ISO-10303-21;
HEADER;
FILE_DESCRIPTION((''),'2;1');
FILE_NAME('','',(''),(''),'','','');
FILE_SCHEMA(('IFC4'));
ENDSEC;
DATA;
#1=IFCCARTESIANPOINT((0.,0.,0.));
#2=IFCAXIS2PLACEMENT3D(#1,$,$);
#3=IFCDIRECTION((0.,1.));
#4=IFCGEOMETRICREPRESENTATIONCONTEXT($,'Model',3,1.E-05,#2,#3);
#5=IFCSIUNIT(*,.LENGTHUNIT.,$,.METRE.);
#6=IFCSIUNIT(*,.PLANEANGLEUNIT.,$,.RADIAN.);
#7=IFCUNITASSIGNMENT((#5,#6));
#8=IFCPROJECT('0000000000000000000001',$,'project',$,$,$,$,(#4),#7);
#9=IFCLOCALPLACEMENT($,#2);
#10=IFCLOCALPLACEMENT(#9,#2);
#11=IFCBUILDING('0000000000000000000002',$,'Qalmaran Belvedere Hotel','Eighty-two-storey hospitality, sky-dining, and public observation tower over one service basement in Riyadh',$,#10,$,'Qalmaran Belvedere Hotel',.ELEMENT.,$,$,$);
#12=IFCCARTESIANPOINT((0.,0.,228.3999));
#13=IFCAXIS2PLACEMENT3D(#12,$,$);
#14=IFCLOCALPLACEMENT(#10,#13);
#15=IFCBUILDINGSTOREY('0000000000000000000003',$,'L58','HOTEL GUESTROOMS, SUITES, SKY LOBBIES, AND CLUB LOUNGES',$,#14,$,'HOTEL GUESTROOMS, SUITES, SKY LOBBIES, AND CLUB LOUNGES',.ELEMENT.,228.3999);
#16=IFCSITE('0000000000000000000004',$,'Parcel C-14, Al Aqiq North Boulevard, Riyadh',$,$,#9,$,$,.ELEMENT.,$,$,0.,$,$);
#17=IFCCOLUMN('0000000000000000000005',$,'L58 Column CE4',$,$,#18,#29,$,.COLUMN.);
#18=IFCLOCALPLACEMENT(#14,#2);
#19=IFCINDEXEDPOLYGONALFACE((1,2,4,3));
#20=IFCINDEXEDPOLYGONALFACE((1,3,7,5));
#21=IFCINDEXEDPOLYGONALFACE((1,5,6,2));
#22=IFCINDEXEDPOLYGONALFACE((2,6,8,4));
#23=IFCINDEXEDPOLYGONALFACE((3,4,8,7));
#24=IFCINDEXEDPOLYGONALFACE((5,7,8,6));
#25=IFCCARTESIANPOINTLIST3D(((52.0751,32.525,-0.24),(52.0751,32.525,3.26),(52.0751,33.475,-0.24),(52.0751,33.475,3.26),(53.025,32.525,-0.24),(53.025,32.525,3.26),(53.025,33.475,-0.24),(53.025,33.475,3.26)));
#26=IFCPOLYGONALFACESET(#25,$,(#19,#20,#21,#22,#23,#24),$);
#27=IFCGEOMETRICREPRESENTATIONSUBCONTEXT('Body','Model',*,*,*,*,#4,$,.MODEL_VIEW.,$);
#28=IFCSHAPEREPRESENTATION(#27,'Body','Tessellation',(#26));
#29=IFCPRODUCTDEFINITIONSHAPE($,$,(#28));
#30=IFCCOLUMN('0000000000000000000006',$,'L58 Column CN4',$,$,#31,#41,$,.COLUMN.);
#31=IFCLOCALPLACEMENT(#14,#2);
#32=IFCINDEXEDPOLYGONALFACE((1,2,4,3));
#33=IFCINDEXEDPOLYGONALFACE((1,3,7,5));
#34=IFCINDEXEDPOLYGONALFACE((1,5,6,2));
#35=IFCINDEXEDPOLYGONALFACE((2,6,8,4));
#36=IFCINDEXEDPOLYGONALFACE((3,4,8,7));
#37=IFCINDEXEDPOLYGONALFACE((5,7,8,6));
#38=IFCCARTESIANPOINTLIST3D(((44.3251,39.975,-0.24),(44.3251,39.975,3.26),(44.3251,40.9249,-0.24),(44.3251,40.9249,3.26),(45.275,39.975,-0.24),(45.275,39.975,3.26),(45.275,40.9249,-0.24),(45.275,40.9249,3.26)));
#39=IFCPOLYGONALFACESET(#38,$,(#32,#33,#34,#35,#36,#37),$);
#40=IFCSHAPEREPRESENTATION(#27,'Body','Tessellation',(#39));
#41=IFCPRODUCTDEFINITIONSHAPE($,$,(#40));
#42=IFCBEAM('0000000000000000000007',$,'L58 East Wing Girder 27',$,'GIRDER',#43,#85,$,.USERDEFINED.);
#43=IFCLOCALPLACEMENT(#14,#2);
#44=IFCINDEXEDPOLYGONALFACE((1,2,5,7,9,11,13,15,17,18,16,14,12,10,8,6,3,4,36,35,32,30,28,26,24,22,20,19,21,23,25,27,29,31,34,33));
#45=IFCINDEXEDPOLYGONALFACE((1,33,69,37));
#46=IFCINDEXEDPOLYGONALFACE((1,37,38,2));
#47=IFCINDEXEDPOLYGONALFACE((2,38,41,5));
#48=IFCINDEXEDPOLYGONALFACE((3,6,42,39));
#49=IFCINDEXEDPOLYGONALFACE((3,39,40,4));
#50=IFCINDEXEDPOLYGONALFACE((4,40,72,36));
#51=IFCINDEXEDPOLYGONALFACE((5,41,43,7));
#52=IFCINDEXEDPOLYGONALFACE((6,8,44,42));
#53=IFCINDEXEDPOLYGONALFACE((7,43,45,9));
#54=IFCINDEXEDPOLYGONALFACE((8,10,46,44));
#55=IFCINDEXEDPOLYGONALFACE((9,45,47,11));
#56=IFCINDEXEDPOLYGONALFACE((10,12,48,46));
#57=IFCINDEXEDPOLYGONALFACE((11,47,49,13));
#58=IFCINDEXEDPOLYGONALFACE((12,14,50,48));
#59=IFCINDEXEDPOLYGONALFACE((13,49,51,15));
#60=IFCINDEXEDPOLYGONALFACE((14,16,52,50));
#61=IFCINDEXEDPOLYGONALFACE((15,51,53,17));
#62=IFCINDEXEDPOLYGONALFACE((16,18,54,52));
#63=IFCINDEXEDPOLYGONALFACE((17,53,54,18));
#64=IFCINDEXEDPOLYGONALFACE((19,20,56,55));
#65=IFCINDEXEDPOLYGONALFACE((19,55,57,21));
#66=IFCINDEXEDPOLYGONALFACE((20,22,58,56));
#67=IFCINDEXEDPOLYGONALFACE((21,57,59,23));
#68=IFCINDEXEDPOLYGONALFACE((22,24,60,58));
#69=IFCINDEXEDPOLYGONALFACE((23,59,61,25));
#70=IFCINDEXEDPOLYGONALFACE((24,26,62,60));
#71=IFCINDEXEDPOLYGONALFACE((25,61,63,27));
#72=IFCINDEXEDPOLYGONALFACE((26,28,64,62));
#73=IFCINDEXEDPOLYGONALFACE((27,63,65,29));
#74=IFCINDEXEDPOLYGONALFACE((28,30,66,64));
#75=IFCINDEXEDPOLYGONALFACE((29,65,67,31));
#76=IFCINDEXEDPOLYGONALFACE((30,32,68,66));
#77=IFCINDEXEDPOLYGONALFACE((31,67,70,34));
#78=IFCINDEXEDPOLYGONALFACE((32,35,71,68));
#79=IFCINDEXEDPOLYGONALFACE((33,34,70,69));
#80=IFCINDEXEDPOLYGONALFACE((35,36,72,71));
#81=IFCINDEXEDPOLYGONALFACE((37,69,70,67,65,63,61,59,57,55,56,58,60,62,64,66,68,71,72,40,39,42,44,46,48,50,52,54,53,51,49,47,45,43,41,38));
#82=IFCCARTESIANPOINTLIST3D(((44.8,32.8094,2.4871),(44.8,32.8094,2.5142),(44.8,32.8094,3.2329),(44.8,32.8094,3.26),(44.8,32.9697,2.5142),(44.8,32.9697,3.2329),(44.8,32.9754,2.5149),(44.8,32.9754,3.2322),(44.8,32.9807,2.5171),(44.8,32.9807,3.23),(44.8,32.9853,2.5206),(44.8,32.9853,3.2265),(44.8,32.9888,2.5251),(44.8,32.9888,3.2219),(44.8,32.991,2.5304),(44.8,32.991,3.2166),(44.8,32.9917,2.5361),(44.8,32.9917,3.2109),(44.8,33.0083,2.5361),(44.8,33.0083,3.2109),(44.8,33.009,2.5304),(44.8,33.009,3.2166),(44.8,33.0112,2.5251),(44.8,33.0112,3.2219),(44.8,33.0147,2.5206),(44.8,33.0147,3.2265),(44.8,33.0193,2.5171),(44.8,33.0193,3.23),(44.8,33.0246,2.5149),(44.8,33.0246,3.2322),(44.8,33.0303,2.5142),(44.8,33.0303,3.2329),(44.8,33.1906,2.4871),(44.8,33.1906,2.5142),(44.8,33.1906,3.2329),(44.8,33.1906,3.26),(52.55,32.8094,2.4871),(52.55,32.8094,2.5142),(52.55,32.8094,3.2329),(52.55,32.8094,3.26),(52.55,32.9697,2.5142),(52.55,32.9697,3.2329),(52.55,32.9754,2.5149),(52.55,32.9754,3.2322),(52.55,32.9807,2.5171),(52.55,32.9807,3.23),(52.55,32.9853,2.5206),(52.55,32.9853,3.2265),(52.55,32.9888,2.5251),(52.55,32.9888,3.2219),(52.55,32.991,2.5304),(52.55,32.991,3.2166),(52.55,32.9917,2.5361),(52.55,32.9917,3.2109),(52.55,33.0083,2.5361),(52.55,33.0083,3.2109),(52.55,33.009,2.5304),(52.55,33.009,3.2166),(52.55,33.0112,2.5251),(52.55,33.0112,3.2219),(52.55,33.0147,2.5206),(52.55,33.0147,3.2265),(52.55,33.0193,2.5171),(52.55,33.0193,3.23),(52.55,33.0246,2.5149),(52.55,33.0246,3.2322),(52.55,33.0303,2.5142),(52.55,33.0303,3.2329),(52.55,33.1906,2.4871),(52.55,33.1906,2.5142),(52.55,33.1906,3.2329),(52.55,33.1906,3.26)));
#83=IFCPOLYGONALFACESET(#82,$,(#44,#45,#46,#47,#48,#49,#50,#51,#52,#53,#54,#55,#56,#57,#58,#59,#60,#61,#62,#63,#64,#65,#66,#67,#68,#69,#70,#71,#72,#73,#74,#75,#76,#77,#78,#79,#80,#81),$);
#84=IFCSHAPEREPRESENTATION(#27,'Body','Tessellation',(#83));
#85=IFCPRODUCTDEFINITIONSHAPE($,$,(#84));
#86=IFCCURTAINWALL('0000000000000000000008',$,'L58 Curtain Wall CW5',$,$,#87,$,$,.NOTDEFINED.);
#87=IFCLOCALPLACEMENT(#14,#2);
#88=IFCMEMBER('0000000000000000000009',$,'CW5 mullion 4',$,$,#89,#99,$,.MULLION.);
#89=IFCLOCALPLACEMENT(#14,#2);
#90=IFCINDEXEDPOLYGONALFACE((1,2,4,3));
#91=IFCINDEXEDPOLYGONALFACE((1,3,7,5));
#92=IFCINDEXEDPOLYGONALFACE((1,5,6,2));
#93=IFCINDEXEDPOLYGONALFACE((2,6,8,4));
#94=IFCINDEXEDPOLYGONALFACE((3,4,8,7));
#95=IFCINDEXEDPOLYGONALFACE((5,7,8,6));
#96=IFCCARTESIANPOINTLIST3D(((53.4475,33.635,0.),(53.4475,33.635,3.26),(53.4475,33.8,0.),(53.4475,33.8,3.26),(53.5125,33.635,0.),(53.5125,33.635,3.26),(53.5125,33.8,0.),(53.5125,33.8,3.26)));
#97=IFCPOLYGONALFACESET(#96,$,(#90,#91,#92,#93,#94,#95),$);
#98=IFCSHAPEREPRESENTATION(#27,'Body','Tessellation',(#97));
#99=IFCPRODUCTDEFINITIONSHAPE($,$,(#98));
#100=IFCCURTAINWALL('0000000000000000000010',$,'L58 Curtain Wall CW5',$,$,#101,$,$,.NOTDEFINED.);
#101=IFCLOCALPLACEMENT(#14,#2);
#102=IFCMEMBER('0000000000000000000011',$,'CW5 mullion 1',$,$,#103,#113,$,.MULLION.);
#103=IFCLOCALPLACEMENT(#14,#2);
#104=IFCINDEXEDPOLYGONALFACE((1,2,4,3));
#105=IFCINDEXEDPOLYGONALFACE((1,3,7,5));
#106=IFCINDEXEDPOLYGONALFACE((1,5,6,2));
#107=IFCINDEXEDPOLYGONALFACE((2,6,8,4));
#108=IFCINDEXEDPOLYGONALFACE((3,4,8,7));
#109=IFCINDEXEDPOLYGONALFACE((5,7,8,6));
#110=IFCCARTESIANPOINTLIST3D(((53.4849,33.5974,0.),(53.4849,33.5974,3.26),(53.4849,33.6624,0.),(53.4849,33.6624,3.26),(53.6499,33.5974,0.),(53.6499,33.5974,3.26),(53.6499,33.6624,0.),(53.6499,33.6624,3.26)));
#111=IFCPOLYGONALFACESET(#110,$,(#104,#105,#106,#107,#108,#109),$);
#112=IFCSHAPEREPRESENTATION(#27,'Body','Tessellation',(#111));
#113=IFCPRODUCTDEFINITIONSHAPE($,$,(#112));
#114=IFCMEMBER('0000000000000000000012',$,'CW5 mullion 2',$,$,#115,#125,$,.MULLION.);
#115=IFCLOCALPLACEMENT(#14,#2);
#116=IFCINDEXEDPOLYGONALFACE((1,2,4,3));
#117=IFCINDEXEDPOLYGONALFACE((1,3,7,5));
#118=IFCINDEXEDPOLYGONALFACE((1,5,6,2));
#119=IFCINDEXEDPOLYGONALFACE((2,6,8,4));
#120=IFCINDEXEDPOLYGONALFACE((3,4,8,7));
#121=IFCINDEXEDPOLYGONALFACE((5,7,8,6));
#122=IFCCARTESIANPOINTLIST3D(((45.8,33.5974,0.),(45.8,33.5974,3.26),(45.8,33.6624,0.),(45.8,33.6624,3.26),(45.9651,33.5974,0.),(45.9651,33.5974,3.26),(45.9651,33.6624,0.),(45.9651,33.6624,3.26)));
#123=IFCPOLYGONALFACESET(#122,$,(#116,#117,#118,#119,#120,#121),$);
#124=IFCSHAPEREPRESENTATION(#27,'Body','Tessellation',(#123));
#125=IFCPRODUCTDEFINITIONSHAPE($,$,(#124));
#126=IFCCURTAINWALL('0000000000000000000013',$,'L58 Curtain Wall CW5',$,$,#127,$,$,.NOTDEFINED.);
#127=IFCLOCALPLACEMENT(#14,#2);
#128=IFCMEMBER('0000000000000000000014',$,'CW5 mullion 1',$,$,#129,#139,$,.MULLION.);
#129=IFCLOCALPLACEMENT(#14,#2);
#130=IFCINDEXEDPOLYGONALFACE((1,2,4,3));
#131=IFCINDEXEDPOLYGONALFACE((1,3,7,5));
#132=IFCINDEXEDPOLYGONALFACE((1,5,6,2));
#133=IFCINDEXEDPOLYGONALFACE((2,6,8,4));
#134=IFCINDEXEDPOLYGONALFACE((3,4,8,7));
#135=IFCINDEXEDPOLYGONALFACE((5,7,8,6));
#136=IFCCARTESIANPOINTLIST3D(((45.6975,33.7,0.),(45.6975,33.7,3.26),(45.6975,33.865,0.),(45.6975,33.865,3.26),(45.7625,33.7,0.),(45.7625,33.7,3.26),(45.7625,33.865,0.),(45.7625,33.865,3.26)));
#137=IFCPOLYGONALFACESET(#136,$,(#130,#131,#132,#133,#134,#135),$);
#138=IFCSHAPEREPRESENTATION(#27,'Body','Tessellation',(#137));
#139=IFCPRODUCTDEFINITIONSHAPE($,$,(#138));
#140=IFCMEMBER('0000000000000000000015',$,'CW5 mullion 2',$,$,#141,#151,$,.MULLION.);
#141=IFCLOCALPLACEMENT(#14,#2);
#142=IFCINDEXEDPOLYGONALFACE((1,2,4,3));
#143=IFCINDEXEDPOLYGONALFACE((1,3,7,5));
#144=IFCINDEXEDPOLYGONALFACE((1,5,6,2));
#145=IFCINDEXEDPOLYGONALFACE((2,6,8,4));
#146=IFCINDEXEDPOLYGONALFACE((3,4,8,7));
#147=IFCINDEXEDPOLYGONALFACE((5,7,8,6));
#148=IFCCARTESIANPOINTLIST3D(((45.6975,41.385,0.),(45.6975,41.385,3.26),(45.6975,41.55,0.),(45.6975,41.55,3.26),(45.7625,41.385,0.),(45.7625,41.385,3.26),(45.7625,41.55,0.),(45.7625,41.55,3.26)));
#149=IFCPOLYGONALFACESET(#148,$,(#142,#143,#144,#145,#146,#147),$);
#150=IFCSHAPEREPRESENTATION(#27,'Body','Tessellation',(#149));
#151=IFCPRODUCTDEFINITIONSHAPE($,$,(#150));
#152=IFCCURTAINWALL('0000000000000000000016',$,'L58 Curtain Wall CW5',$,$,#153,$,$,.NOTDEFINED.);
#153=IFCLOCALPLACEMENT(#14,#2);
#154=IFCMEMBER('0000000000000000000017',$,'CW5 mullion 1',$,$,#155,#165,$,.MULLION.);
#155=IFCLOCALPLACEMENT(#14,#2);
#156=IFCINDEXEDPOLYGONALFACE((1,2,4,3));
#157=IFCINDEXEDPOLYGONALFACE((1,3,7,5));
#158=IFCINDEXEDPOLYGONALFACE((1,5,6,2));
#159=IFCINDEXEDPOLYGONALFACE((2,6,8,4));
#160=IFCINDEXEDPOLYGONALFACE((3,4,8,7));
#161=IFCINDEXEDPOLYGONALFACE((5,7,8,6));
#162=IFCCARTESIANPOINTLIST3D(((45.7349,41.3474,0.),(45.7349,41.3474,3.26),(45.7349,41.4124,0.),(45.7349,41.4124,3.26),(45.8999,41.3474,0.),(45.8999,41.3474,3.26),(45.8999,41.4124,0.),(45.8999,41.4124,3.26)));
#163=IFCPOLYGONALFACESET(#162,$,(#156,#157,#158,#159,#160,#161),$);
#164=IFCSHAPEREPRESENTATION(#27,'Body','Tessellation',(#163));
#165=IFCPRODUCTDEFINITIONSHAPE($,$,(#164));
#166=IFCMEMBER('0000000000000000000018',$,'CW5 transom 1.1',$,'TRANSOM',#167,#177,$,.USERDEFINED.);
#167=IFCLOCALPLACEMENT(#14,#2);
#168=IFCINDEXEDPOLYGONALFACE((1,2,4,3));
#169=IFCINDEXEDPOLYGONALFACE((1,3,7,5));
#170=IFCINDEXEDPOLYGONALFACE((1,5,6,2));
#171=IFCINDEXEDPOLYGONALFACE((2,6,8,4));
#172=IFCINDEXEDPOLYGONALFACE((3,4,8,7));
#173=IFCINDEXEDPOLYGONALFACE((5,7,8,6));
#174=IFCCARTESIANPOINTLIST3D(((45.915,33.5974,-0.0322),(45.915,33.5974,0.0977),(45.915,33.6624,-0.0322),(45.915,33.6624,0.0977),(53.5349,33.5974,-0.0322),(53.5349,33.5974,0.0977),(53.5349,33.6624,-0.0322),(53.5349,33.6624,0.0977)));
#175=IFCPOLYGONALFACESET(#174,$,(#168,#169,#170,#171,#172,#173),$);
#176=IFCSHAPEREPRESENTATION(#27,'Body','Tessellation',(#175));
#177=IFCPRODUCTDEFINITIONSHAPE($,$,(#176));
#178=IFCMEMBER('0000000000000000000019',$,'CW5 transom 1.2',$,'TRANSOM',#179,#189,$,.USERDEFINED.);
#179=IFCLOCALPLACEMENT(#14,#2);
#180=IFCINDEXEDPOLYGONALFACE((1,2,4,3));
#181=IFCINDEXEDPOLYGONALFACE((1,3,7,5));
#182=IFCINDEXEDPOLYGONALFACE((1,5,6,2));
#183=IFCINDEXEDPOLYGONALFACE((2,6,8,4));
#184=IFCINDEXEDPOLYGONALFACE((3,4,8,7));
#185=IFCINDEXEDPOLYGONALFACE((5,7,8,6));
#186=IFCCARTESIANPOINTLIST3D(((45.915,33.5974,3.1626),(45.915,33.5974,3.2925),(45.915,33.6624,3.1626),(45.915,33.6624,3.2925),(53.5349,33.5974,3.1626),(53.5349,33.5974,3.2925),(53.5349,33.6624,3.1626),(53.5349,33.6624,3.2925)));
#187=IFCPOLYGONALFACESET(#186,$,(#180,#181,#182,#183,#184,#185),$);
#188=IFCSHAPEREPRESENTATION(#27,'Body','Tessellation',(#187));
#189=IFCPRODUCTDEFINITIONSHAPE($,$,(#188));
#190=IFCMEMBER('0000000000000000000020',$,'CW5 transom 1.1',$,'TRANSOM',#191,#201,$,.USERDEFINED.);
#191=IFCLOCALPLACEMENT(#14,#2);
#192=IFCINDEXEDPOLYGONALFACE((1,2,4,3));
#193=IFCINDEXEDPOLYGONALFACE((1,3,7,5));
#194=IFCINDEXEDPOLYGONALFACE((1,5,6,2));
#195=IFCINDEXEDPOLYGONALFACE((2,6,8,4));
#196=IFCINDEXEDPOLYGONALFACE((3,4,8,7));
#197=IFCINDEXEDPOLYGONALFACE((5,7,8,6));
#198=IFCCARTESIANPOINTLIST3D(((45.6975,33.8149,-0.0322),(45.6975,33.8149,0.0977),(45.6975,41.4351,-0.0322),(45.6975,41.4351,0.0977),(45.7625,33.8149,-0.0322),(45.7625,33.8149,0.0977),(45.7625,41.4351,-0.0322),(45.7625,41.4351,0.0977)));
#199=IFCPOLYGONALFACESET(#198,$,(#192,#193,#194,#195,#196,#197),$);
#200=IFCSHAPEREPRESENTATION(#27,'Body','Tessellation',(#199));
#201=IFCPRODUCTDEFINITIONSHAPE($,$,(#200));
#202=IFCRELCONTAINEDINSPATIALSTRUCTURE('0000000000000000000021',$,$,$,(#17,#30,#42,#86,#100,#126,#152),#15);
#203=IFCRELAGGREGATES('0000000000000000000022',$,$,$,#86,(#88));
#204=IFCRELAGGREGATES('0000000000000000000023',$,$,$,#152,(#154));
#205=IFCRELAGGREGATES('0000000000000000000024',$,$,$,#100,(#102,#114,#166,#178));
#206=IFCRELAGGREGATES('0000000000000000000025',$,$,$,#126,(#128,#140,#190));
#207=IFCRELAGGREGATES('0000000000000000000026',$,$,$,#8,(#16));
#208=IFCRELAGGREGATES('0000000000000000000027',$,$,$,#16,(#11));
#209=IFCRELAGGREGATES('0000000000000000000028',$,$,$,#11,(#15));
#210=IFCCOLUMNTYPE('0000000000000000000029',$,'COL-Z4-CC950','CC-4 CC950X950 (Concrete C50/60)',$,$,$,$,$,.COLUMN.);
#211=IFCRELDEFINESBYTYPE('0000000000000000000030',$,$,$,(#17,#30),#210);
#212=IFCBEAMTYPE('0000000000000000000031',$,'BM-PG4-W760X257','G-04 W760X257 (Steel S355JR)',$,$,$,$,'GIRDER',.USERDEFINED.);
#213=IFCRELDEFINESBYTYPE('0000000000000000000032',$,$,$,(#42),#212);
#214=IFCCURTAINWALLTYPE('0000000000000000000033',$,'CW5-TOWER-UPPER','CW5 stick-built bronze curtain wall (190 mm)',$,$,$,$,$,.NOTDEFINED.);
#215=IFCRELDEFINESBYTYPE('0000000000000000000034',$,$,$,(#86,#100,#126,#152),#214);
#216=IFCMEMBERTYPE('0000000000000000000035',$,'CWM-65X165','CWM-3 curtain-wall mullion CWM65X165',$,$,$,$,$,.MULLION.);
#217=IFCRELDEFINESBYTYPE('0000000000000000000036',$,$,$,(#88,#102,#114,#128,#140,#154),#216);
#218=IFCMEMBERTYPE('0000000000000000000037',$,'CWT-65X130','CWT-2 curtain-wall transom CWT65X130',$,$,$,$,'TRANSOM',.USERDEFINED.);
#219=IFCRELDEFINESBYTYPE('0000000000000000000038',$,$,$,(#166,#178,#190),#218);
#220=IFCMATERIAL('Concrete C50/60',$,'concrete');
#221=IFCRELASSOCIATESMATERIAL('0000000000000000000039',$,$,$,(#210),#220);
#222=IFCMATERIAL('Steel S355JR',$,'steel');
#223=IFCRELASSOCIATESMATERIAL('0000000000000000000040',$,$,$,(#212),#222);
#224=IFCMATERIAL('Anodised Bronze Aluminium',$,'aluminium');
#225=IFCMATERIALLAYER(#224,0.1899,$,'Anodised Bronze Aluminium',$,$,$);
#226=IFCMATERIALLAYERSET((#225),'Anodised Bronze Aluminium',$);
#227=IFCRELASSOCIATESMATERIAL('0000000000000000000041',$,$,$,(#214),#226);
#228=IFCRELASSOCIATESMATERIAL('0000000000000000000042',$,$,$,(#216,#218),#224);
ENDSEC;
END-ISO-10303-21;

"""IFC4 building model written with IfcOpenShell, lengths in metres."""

from ifc_helpers import new_model, si_unit, direction, frame, origin, origin_2d, place, context, subcontext, project, spatial, rectangle, i_section, extrude, material, layer, layer_set, material_profile, profile_set, type_object, element, aggregate, save


model = new_model("IFC4")

# Units and contexts
model_context = context("Model", 3, precision=1e-05, world=origin(), true_north=direction((0.0, 1.0)))
body_context = subcontext(model_context, "Body", "Model", "MODEL_VIEW")
ifc_project = project(units=[si_unit("LENGTHUNIT", "METRE"), si_unit("PLANEANGLEUNIT", "RADIAN")], contexts=[model_context])

# Site, building, storey
site_placement = place(None, origin())
site = spatial("IfcSite", under=ifc_project, at=site_placement, Name="Parcel C-14, Al Aqiq North Boulevard, Riyadh", CompositionType="ELEMENT", RefElevation=0.0)
building_placement = place(site_placement, origin())
building = spatial("IfcBuilding", under=site, at=building_placement, Name="Qalmaran Belvedere Hotel", Description="Eighty-two-storey hospitality, sky-dining, and public observation tower over one service basement in Riyadh", LongName="Qalmaran Belvedere Hotel", CompositionType="ELEMENT")
storey_placement = place(building_placement, frame((0.0, 0.0, 228.3999)))
storey = spatial("IfcBuildingStorey", under=building, at=storey_placement, Name="L58", Description="HOTEL GUESTROOMS, SUITES, SKY LOBBIES, AND CLUB LOUNGES", LongName="HOTEL GUESTROOMS, SUITES, SKY LOBBIES, AND CLUB LOUNGES", CompositionType="ELEMENT", Elevation=228.3999)

# Columns
ifc_material_1 = material(Name="Concrete C50/60", Category="concrete")
ifc_material_profile_1 = material_profile(ifc_material_1, rectangle(XDim=0.95, YDim=0.95, at=origin_2d()), Name="CC950X950")
ifc_profile_set_1 = profile_set([ifc_material_profile_1], Name="Concrete C50/60")
column_type = type_object("IfcColumnType", Name="COL-Z4-CC950", Description="CC-4 CC950X950 (Concrete C50/60)", PredefinedType="COLUMN", material=ifc_profile_set_1)
for number, where, z_axis, x_axis, name in (
    (1, (52.55, 33.0, -0.24), (0.0, 0.0, 1.0), (1.0, 0.0, 0.0), "L58 Column CE4"),
    (2, (44.8, 40.45, -0.24), (0.0, 0.0, 1.0), (1.0, 0.0, 0.0), "L58 Column CN4"),
):
    element("IfcColumn", number, at=place(storey_placement, frame(where, z_axis=z_axis, x_axis=x_axis)), inside=storey, type_object=column_type, Name=name, PredefinedType="COLUMN", context=body_context, shape_type="SweptSolid", body=[
        extrude(rectangle(XDim=0.95, YDim=0.95, at=origin_2d()), origin(), (0.0, 0.0, 1.0), 3.5),
    ])

# Beam
ifc_material_2 = material(Name="Steel S355JR", Category="steel")
ifc_material_profile_2 = material_profile(ifc_material_2, i_section(OverallWidth=0.3811, OverallDepth=0.7729, WebThickness=0.0166, FlangeThickness=0.0271, FilletRadius=0.022, at=origin_2d()), Name="W760X257")
ifc_profile_set_2 = profile_set([ifc_material_profile_2], Name="Steel S355JR")
beam_type = type_object("IfcBeamType", Name="BM-PG4-W760X257", Description="G-04 W760X257 (Steel S355JR)", ElementType="GIRDER", PredefinedType="USERDEFINED", material=ifc_profile_set_2)
beam_placement = place(storey_placement, frame((44.8, 33.0, 2.8735), z_axis=(1.0, 0.0, 0.0), x_axis=(0.0, 1.0, 0.0)))
element("IfcBeam", 3, at=beam_placement, inside=storey, type_object=beam_type, Name="L58 East Wing Girder 27", ObjectType="GIRDER", PredefinedType="USERDEFINED", context=body_context, shape_type="SweptSolid", body=[
    extrude(i_section(OverallWidth=0.3811, OverallDepth=0.7729, WebThickness=0.0166, FlangeThickness=0.0271, FilletRadius=0.022, at=origin_2d()), origin(), (0.0, 0.0, 1.0), 7.75),
])

# Curtain wall, member
ifc_material_3 = material(Name="Anodised Bronze Aluminium", Category="aluminium")
ifc_layer_1 = layer(ifc_material_3, 0.1899, Name="Anodised Bronze Aluminium")
ifc_layer_set_1 = layer_set([ifc_layer_1], Name="Anodised Bronze Aluminium")
curtain_wall_type = type_object("IfcCurtainWallType", Name="CW5-TOWER-UPPER", Description="CW5 stick-built bronze curtain wall (190 mm)", PredefinedType="NOTDEFINED", material=ifc_layer_set_1)
curtain_wall_1_placement = place(storey_placement, origin())
curtain_wall_1 = element("IfcCurtainWall", 4, at=curtain_wall_1_placement, inside=storey, type_object=curtain_wall_type, Name="L58 Curtain Wall CW5", PredefinedType="NOTDEFINED")
ifc_material_profile_3 = material_profile(ifc_material_3, rectangle(XDim=0.0649, YDim=0.165, at=origin_2d()), Name="CWM65X165")
ifc_profile_set_3 = profile_set([ifc_material_profile_3], Name="Anodised Bronze Aluminium")
member_type_1 = type_object("IfcMemberType", Name="CWM-65X165", Description="CWM-3 curtain-wall mullion CWM65X165", PredefinedType="MULLION", material=ifc_profile_set_3)
member_1_placement = place(storey_placement, frame((53.48, 33.7175, 0.0), z_axis=(0.0, 0.0, 1.0), x_axis=(-1.0, 0.0, 0.0)))
member_1 = element("IfcMember", 5, at=member_1_placement, type_object=member_type_1, Name="CW5 mullion 4", PredefinedType="MULLION", context=body_context, shape_type="SweptSolid", body=[
    extrude(rectangle(XDim=0.0649, YDim=0.165, at=origin_2d()), origin(), (0.0, 0.0, 1.0), 3.26),
])
aggregate(curtain_wall_1, [member_1])

# Curtain walls, members
curtain_wall_2_placement = place(storey_placement, origin())
curtain_wall_2 = element("IfcCurtainWall", 6, at=curtain_wall_2_placement, inside=storey, type_object=curtain_wall_type, Name="L58 Curtain Wall CW5", PredefinedType="NOTDEFINED")
member_2_placement = place(storey_placement, frame((53.5674, 33.6299, 0.0), z_axis=(0.0, 0.0, 1.0), x_axis=(0.0, -1.0, 0.0)))
member_2 = element("IfcMember", 7, at=member_2_placement, type_object=member_type_1, Name="CW5 mullion 1", PredefinedType="MULLION", context=body_context, shape_type="SweptSolid", body=[
    extrude(rectangle(XDim=0.0649, YDim=0.165, at=origin_2d()), origin(), (0.0, 0.0, 1.0), 3.26),
])
member_3_placement = place(storey_placement, frame((45.8826, 33.6299, 0.0), z_axis=(0.0, 0.0, 1.0), x_axis=(0.0, -1.0, 0.0)))
member_3 = element("IfcMember", 8, at=member_3_placement, type_object=member_type_1, Name="CW5 mullion 2", PredefinedType="MULLION", context=body_context, shape_type="SweptSolid", body=[
    extrude(rectangle(XDim=0.0649, YDim=0.165, at=origin_2d()), origin(), (0.0, 0.0, 1.0), 3.26),
])
curtain_wall_3_placement = place(storey_placement, origin())
curtain_wall_3 = element("IfcCurtainWall", 9, at=curtain_wall_3_placement, inside=storey, type_object=curtain_wall_type, Name="L58 Curtain Wall CW5", PredefinedType="NOTDEFINED")
member_4_placement = place(storey_placement, frame((45.73, 33.7825, 0.0), z_axis=(0.0, 0.0, 1.0), x_axis=(-1.0, 0.0, 0.0)))
member_4 = element("IfcMember", 10, at=member_4_placement, type_object=member_type_1, Name="CW5 mullion 1", PredefinedType="MULLION", context=body_context, shape_type="SweptSolid", body=[
    extrude(rectangle(XDim=0.0649, YDim=0.165, at=origin_2d()), origin(), (0.0, 0.0, 1.0), 3.26),
])
member_5_placement = place(storey_placement, frame((45.73, 41.4675, 0.0), z_axis=(0.0, 0.0, 1.0), x_axis=(-1.0, 0.0, 0.0)))
member_5 = element("IfcMember", 11, at=member_5_placement, type_object=member_type_1, Name="CW5 mullion 2", PredefinedType="MULLION", context=body_context, shape_type="SweptSolid", body=[
    extrude(rectangle(XDim=0.0649, YDim=0.165, at=origin_2d()), origin(), (0.0, 0.0, 1.0), 3.26),
])

# Curtain wall, member
curtain_wall_4_placement = place(storey_placement, origin())
curtain_wall_4 = element("IfcCurtainWall", 12, at=curtain_wall_4_placement, inside=storey, type_object=curtain_wall_type, Name="L58 Curtain Wall CW5", PredefinedType="NOTDEFINED")
member_6_placement = place(storey_placement, frame((45.8174, 41.3799, 0.0), z_axis=(0.0, 0.0, 1.0), x_axis=(0.0, -1.0, 0.0)))
member_6 = element("IfcMember", 13, at=member_6_placement, type_object=member_type_1, Name="CW5 mullion 1", PredefinedType="MULLION", context=body_context, shape_type="SweptSolid", body=[
    extrude(rectangle(XDim=0.0649, YDim=0.165, at=origin_2d()), origin(), (0.0, 0.0, 1.0), 3.26),
])

# Members
ifc_material_profile_4 = material_profile(ifc_material_3, rectangle(XDim=0.0649, YDim=0.1299, at=origin_2d()), Name="CWT65X130")
ifc_profile_set_4 = profile_set([ifc_material_profile_4], Name="Anodised Bronze Aluminium")
member_type_2 = type_object("IfcMemberType", Name="CWT-65X130", Description="CWT-2 curtain-wall transom CWT65X130", ElementType="TRANSOM", PredefinedType="USERDEFINED", material=ifc_profile_set_4)
member_7_placement = place(storey_placement, frame((53.5349, 33.6299, 0.0327), z_axis=(-1.0, 0.0, 0.0), x_axis=(0.0, -1.0, 0.0)))
member_7 = element("IfcMember", 14, at=member_7_placement, type_object=member_type_2, Name="CW5 transom 1.1", ObjectType="TRANSOM", PredefinedType="USERDEFINED", context=body_context, shape_type="SweptSolid", body=[
    extrude(rectangle(XDim=0.0649, YDim=0.1299, at=origin_2d()), origin(), (0.0, 0.0, 1.0), 7.6199),
])
member_8_placement = place(storey_placement, frame((53.5349, 33.6299, 3.2275), z_axis=(-1.0, 0.0, 0.0), x_axis=(0.0, -1.0, 0.0)))
member_8 = element("IfcMember", 15, at=member_8_placement, type_object=member_type_2, Name="CW5 transom 1.2", ObjectType="TRANSOM", PredefinedType="USERDEFINED", context=body_context, shape_type="SweptSolid", body=[
    extrude(rectangle(XDim=0.0649, YDim=0.1299, at=origin_2d()), origin(), (0.0, 0.0, 1.0), 7.6199),
])
member_9_placement = place(storey_placement, frame((45.73, 33.8149, 0.0327), z_axis=(0.0, 1.0, 0.0), x_axis=(-1.0, 0.0, 0.0)))
member_9 = element("IfcMember", 16, at=member_9_placement, type_object=member_type_2, Name="CW5 transom 1.1", ObjectType="TRANSOM", PredefinedType="USERDEFINED", context=body_context, shape_type="SweptSolid", body=[
    extrude(rectangle(XDim=0.0649, YDim=0.1299, at=origin_2d()), origin(), (0.0, 0.0, 1.0), 7.6201),
])
aggregate(curtain_wall_4, [member_6])

aggregate(curtain_wall_2, [member_2, member_3, member_7, member_8])
aggregate(curtain_wall_3, [member_4, member_5, member_9])

save(model, "model.ifc")
